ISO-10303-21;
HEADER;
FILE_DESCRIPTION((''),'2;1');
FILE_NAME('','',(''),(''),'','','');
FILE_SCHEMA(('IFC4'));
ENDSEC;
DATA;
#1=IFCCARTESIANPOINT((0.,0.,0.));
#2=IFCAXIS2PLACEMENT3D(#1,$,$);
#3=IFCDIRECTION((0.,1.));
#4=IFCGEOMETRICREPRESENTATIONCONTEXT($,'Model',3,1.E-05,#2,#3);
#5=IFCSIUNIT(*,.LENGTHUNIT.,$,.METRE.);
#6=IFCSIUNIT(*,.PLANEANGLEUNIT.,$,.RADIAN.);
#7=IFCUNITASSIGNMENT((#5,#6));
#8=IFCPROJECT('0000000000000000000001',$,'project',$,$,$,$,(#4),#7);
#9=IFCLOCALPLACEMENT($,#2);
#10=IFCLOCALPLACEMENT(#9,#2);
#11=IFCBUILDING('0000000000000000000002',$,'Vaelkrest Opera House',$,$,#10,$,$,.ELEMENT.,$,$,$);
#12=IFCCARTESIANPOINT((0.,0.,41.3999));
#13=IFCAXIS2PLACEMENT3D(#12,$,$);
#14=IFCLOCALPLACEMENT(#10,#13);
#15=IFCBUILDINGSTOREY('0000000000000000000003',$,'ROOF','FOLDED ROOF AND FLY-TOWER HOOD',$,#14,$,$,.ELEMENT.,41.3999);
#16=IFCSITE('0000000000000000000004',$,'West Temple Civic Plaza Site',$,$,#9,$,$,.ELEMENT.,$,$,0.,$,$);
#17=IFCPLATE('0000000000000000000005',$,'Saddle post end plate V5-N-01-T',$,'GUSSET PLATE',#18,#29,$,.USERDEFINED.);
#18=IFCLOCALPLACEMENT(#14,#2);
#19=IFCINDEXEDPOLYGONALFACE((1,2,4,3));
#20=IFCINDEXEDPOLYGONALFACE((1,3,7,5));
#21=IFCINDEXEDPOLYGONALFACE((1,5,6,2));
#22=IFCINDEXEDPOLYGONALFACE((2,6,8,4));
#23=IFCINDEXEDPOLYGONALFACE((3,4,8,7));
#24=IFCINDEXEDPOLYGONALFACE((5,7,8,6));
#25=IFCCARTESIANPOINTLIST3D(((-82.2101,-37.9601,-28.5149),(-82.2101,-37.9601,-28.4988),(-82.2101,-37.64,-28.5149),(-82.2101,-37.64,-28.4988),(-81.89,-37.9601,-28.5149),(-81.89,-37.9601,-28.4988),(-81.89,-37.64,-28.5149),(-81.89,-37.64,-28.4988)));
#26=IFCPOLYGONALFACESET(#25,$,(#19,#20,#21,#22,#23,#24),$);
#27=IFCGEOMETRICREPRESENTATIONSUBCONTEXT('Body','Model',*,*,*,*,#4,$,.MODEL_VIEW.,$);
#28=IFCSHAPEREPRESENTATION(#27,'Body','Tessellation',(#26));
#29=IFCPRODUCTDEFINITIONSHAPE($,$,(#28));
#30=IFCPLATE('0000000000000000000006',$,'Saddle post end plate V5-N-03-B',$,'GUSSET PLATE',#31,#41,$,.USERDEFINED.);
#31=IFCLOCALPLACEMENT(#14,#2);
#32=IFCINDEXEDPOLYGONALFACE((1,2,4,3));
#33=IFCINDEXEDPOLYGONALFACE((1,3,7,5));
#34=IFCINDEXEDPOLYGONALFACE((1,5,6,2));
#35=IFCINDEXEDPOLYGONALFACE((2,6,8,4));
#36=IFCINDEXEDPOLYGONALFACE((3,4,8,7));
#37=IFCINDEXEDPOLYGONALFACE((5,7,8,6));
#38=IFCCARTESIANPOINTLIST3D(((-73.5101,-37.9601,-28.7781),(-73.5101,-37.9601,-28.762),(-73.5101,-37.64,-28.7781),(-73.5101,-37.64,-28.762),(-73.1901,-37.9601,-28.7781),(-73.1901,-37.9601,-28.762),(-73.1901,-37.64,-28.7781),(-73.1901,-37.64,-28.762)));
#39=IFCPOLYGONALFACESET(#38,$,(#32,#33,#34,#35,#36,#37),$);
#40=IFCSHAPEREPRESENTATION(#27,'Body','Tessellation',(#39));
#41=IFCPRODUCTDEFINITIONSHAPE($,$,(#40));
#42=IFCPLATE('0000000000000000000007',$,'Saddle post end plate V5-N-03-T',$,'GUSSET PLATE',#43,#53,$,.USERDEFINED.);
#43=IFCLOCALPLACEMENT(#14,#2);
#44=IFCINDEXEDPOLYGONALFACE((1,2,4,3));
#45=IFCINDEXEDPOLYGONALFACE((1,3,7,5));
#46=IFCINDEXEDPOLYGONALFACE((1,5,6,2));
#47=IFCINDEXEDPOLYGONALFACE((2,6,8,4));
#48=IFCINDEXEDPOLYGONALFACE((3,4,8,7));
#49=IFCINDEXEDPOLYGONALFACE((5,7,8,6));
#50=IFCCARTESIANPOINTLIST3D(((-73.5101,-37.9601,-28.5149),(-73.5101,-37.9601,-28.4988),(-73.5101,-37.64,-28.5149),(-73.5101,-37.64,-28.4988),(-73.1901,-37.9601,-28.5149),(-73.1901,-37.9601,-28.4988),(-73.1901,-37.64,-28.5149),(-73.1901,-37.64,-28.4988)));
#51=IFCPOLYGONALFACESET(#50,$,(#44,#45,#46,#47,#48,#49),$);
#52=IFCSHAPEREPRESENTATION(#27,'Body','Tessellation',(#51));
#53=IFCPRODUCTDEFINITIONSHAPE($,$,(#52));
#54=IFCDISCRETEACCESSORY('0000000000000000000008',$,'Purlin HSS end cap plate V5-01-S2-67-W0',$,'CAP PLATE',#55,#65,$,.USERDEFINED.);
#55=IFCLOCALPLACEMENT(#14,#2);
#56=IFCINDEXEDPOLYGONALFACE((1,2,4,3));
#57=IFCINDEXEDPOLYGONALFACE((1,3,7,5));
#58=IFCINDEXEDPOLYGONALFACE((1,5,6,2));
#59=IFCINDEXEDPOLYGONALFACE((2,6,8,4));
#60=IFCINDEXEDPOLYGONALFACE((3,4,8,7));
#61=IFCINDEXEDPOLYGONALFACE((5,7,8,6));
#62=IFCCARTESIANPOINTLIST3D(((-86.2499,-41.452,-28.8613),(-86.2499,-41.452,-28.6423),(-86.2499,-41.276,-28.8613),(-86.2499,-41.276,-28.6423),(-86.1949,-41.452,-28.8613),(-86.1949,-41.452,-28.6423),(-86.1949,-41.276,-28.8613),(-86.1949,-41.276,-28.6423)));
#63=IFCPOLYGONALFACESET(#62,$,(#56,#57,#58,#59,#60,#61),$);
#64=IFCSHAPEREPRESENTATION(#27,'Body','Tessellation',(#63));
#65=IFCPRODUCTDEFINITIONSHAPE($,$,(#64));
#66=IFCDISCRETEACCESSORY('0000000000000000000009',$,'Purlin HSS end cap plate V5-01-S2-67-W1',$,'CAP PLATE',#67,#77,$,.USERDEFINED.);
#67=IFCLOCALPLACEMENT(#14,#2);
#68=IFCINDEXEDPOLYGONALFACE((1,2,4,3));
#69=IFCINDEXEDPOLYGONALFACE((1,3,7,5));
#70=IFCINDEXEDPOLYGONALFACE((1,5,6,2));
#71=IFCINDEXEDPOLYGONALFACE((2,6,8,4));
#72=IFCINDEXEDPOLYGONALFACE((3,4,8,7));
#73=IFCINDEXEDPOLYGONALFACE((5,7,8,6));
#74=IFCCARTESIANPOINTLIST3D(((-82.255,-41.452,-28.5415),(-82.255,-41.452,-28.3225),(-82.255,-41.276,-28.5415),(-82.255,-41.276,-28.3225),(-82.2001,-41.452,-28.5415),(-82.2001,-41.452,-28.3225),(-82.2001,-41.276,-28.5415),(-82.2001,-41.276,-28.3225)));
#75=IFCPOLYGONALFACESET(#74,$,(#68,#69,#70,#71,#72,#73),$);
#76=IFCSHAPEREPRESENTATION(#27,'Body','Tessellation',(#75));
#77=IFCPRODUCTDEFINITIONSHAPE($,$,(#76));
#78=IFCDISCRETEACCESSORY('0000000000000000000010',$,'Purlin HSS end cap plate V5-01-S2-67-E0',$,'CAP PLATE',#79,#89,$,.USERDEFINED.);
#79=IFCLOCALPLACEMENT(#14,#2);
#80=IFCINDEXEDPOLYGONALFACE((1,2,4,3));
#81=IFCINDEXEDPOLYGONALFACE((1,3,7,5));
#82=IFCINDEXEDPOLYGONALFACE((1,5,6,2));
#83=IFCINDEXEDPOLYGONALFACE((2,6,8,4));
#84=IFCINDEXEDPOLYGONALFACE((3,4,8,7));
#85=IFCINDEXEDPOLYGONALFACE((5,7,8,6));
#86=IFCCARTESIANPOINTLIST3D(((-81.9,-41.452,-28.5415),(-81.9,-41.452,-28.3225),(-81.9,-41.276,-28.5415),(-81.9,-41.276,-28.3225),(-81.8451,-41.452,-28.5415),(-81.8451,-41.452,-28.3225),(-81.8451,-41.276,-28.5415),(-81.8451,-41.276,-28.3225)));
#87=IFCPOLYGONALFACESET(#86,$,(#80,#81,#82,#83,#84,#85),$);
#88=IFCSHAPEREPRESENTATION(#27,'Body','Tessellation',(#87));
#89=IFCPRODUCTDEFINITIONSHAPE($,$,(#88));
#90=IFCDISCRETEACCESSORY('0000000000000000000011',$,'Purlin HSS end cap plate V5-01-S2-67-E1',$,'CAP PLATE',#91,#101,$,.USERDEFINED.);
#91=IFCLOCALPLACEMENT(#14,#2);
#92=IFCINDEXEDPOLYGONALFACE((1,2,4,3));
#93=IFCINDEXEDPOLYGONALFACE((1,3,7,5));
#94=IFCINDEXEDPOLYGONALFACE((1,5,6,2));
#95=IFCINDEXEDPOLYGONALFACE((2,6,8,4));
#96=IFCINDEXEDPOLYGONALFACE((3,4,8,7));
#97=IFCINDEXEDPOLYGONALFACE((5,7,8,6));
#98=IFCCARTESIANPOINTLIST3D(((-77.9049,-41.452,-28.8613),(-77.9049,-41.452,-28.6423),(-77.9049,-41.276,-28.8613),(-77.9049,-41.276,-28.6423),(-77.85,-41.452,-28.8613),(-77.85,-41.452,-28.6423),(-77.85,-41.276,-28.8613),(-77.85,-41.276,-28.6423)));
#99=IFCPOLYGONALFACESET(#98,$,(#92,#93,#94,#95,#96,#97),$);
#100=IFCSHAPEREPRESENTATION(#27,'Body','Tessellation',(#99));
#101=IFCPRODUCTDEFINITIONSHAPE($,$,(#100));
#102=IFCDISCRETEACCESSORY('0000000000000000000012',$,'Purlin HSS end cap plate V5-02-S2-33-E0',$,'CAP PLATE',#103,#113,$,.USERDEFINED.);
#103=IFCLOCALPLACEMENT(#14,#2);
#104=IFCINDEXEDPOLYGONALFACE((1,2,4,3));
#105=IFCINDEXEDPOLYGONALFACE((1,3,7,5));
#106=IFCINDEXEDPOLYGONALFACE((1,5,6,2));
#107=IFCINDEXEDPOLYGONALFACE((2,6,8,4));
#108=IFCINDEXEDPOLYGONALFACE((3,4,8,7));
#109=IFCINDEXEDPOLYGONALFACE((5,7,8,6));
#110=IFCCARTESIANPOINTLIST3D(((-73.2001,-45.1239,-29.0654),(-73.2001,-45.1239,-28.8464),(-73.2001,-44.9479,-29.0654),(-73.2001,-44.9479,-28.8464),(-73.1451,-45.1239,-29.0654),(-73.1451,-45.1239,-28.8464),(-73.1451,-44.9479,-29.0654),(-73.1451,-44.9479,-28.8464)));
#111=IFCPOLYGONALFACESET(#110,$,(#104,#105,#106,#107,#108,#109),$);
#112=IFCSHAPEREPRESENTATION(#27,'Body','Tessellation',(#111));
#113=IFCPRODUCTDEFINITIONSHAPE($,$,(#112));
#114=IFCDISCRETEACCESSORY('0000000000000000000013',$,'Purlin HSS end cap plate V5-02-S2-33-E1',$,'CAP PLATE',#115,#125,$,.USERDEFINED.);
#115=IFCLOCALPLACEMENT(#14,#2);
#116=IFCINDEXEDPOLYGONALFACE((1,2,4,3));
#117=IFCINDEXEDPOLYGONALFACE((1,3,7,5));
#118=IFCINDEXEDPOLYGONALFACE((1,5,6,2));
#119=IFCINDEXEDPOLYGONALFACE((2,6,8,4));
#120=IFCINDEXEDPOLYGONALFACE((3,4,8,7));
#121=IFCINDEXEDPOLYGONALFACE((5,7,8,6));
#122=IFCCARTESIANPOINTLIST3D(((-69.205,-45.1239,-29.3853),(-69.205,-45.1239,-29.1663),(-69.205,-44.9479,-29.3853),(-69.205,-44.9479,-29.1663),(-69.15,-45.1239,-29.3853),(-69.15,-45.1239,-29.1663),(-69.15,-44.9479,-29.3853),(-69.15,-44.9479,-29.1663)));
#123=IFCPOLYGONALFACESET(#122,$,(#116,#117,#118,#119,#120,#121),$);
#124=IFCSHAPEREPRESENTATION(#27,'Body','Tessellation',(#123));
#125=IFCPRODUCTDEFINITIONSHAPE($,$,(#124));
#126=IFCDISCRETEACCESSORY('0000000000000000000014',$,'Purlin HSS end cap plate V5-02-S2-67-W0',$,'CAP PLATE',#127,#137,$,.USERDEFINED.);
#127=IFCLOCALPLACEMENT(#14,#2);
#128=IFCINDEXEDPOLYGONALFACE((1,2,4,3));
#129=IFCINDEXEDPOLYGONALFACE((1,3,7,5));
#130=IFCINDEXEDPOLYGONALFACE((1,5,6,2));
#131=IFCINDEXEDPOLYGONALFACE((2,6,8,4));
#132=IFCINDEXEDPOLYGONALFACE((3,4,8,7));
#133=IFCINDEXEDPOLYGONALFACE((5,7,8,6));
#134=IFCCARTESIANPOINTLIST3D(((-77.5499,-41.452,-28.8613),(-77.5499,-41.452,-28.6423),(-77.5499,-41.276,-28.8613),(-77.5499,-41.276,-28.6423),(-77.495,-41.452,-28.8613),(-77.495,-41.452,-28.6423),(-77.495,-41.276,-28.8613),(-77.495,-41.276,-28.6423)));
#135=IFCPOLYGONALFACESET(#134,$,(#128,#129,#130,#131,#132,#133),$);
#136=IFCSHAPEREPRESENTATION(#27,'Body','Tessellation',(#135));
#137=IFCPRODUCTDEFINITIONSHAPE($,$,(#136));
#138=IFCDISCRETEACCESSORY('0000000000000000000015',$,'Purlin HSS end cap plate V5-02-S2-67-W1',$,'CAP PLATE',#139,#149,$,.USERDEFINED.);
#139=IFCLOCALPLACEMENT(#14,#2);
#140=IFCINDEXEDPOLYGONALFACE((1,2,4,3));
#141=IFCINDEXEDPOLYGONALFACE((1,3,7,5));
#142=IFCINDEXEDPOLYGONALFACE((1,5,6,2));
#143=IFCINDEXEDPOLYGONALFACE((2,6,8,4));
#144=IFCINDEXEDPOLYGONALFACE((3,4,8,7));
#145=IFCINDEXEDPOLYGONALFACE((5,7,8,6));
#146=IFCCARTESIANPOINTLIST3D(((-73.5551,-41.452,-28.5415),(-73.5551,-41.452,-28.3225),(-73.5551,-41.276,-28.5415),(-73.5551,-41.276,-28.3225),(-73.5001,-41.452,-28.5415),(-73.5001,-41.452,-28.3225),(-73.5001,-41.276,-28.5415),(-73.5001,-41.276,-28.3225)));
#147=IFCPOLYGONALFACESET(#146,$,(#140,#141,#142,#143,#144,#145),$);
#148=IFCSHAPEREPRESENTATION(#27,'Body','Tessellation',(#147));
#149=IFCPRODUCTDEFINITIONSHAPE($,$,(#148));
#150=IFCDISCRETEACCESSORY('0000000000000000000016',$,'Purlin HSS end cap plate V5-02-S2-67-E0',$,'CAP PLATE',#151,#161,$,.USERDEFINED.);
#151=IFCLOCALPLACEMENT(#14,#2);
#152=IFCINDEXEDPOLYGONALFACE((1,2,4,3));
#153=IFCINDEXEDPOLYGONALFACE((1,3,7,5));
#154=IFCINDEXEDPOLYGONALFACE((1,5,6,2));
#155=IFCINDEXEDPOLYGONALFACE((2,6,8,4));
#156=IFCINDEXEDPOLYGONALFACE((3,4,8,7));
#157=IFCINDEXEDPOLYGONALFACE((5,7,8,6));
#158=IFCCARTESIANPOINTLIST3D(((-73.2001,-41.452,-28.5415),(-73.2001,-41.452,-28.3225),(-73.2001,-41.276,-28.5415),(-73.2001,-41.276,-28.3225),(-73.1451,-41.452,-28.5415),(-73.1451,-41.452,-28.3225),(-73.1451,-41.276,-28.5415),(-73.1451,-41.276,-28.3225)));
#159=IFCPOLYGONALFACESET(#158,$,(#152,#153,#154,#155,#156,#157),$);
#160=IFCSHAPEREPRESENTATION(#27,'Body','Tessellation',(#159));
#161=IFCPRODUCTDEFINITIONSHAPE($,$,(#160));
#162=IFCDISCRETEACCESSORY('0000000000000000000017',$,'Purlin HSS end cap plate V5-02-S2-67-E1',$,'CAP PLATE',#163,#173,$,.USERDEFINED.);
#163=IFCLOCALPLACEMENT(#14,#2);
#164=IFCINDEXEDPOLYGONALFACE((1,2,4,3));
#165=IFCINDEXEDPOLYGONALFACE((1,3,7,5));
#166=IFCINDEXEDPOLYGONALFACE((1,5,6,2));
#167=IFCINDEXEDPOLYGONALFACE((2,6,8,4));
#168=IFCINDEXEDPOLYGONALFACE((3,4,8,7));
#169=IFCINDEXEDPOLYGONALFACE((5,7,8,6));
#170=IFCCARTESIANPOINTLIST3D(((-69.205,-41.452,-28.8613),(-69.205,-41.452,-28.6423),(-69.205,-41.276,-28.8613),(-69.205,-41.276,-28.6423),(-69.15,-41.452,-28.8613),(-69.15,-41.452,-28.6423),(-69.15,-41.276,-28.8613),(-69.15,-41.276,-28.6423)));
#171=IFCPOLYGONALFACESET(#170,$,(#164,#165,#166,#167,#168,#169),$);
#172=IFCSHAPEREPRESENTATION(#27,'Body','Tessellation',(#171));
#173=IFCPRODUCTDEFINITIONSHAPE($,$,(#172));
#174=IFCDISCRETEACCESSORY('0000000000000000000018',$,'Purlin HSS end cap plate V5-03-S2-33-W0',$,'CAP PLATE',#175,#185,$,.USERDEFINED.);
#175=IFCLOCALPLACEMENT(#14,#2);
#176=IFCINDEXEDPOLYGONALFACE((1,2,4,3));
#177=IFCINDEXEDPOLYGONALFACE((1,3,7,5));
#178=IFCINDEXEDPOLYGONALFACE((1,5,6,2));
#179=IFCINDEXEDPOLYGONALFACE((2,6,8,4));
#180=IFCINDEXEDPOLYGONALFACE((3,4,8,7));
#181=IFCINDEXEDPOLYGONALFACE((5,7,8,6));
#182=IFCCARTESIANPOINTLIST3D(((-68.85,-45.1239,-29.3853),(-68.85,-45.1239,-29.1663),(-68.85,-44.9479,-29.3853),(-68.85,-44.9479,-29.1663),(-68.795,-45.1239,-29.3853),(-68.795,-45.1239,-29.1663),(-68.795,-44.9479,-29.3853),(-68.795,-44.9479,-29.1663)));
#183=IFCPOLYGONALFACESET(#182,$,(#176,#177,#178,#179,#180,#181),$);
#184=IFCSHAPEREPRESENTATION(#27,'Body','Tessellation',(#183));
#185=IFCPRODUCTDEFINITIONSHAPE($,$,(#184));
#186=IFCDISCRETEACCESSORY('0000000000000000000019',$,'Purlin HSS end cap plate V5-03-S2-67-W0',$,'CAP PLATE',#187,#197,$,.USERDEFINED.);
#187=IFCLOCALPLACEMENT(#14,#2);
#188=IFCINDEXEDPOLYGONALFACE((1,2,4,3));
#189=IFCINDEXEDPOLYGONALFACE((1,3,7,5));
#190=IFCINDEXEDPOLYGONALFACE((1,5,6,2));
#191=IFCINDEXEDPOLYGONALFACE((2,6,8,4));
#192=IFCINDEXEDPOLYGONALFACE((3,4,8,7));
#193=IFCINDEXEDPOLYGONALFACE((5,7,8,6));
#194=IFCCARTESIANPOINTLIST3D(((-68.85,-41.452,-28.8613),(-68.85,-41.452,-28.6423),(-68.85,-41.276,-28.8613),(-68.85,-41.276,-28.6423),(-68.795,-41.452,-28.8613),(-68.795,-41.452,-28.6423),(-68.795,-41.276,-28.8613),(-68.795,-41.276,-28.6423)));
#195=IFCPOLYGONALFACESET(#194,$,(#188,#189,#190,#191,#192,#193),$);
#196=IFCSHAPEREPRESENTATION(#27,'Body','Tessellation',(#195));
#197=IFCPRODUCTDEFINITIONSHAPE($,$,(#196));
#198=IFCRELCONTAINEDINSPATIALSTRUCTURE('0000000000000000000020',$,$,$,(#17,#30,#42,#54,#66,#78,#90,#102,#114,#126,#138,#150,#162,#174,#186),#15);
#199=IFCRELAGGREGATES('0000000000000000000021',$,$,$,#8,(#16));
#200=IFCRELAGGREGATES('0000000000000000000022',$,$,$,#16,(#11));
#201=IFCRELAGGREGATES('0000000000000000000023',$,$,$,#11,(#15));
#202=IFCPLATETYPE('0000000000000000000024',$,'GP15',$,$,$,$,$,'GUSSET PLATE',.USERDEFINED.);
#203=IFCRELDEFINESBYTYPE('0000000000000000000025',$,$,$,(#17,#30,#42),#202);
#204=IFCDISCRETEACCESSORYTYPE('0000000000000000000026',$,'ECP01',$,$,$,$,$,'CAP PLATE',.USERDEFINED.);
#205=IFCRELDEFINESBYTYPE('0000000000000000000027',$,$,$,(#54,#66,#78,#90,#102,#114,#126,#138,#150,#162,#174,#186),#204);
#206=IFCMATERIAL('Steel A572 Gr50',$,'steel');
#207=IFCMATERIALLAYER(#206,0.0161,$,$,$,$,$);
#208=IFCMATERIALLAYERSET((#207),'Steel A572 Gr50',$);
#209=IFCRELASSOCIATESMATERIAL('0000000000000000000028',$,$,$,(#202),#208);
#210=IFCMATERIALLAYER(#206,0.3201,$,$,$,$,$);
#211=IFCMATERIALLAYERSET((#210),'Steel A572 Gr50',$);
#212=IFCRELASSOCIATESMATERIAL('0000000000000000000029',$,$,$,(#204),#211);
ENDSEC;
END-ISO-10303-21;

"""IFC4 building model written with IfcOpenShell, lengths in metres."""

from ifc_helpers import new_model, si_unit, direction, frame, origin, origin_2d, place, context, subcontext, project, spatial, rectangle, extrude, material, layer, layer_set, type_object, element, save


model = new_model("IFC4")

# Units and contexts
model_context = context("Model", 3, precision=1e-05, world=origin(), true_north=direction((0.0, 1.0)))
body_context = subcontext(model_context, "Body", "Model", "MODEL_VIEW")
ifc_project = project(units=[si_unit("LENGTHUNIT", "METRE"), si_unit("PLANEANGLEUNIT", "RADIAN")], contexts=[model_context])

# Site, building, storey
site_placement = place(None, origin())
site = spatial("IfcSite", under=ifc_project, at=site_placement, Name="West Temple Civic Plaza Site", CompositionType="ELEMENT", RefElevation=0.0)
building_placement = place(site_placement, origin())
building = spatial("IfcBuilding", under=site, at=building_placement, Name="Vaelkrest Opera House", CompositionType="ELEMENT")
storey_placement = place(building_placement, frame((0.0, 0.0, 41.3999)))
storey = spatial("IfcBuildingStorey", under=building, at=storey_placement, Name="ROOF", Description="FOLDED ROOF AND FLY-TOWER HOOD", CompositionType="ELEMENT", Elevation=41.3999)

# Plates
ifc_material_1 = material(Name="Steel A572 Gr50", Category="steel")
ifc_layer_1 = layer(ifc_material_1, 0.0161)
ifc_layer_set_1 = layer_set([ifc_layer_1], Name="Steel A572 Gr50")
plate_type = type_object("IfcPlateType", Name="GP15", ElementType="GUSSET PLATE", PredefinedType="USERDEFINED", material=ifc_layer_set_1)
for number, where, z_axis, x_axis, name in (
    (1, (-82.05, -37.8, -28.5149), (0.0, 0.0, 1.0), (1.0, 0.0, 0.0), "Saddle post end plate V5-N-01-T"),
    (2, (-73.3501, -37.8, -28.7781), (0.0, 0.0, 1.0), (1.0, 0.0, 0.0), "Saddle post end plate V5-N-03-B"),
    (3, (-73.3501, -37.8, -28.5149), (0.0, 0.0, 1.0), (1.0, 0.0, 0.0), "Saddle post end plate V5-N-03-T"),
):
    element("IfcPlate", number, at=place(storey_placement, frame(where, z_axis=z_axis, x_axis=x_axis)), inside=storey, type_object=plate_type, Name=name, ObjectType="GUSSET PLATE", PredefinedType="USERDEFINED", context=body_context, shape_type="SweptSolid", body=[
        extrude(rectangle(XDim=0.3201, YDim=0.3201, at=origin_2d()), origin(), (0.0, 0.0, 1.0), 0.0161),
    ])

# Discrete accessories
ifc_layer_2 = layer(ifc_material_1, 0.3201)
ifc_layer_set_2 = layer_set([ifc_layer_2], Name="Steel A572 Gr50")
discrete_accessory_type = type_object("IfcDiscreteAccessoryType", Name="ECP01", ElementType="CAP PLATE", PredefinedType="USERDEFINED", material=ifc_layer_set_2)
for number, where, z_axis, x_axis, name in (
    (4, (-86.2224, -41.364, -28.8613), (0.0, 0.0, 1.0), (1.0, 0.0, 0.0), "Purlin HSS end cap plate V5-01-S2-67-W0"),
    (5, (-82.2275, -41.364, -28.5415), (0.0, 0.0, 1.0), (1.0, 0.0, 0.0), "Purlin HSS end cap plate V5-01-S2-67-W1"),
    (6, (-81.8726, -41.364, -28.5415), (0.0, 0.0, 1.0), (1.0, 0.0, 0.0), "Purlin HSS end cap plate V5-01-S2-67-E0"),
    (7, (-77.8774, -41.364, -28.8613), (0.0, 0.0, 1.0), (1.0, 0.0, 0.0), "Purlin HSS end cap plate V5-01-S2-67-E1"),
    (8, (-73.1726, -45.0359, -29.0654), (0.0, 0.0, 1.0), (1.0, 0.0, 0.0), "Purlin HSS end cap plate V5-02-S2-33-E0"),
    (9, (-69.1775, -45.0359, -29.3853), (0.0, 0.0, 1.0), (1.0, 0.0, 0.0), "Purlin HSS end cap plate V5-02-S2-33-E1"),
    (10, (-77.5225, -41.364, -28.8613), (0.0, 0.0, 1.0), (1.0, 0.0, 0.0), "Purlin HSS end cap plate V5-02-S2-67-W0"),
    (11, (-73.5276, -41.364, -28.5415), (0.0, 0.0, 1.0), (1.0, 0.0, 0.0), "Purlin HSS end cap plate V5-02-S2-67-W1"),
    (12, (-73.1726, -41.364, -28.5415), (0.0, 0.0, 1.0), (1.0, 0.0, 0.0), "Purlin HSS end cap plate V5-02-S2-67-E0"),
    (13, (-69.1775, -41.364, -28.8613), (0.0, 0.0, 1.0), (1.0, 0.0, 0.0), "Purlin HSS end cap plate V5-02-S2-67-E1"),
    (14, (-68.8225, -45.0359, -29.3853), (0.0, 0.0, 1.0), (1.0, 0.0, 0.0), "Purlin HSS end cap plate V5-03-S2-33-W0"),
    (15, (-68.8225, -41.364, -28.8613), (0.0, 0.0, 1.0), (1.0, 0.0, 0.0), "Purlin HSS end cap plate V5-03-S2-67-W0"),
):
    element("IfcDiscreteAccessory", number, at=place(storey_placement, frame(where, z_axis=z_axis, x_axis=x_axis)), inside=storey, type_object=discrete_accessory_type, Name=name, ObjectType="CAP PLATE", PredefinedType="USERDEFINED", context=body_context, shape_type="SweptSolid", body=[
        extrude(rectangle(XDim=0.0549, YDim=0.176, at=origin_2d()), origin(), (0.0, 0.0, 1.0), 0.219),
    ])

save(model, "model.ifc")
